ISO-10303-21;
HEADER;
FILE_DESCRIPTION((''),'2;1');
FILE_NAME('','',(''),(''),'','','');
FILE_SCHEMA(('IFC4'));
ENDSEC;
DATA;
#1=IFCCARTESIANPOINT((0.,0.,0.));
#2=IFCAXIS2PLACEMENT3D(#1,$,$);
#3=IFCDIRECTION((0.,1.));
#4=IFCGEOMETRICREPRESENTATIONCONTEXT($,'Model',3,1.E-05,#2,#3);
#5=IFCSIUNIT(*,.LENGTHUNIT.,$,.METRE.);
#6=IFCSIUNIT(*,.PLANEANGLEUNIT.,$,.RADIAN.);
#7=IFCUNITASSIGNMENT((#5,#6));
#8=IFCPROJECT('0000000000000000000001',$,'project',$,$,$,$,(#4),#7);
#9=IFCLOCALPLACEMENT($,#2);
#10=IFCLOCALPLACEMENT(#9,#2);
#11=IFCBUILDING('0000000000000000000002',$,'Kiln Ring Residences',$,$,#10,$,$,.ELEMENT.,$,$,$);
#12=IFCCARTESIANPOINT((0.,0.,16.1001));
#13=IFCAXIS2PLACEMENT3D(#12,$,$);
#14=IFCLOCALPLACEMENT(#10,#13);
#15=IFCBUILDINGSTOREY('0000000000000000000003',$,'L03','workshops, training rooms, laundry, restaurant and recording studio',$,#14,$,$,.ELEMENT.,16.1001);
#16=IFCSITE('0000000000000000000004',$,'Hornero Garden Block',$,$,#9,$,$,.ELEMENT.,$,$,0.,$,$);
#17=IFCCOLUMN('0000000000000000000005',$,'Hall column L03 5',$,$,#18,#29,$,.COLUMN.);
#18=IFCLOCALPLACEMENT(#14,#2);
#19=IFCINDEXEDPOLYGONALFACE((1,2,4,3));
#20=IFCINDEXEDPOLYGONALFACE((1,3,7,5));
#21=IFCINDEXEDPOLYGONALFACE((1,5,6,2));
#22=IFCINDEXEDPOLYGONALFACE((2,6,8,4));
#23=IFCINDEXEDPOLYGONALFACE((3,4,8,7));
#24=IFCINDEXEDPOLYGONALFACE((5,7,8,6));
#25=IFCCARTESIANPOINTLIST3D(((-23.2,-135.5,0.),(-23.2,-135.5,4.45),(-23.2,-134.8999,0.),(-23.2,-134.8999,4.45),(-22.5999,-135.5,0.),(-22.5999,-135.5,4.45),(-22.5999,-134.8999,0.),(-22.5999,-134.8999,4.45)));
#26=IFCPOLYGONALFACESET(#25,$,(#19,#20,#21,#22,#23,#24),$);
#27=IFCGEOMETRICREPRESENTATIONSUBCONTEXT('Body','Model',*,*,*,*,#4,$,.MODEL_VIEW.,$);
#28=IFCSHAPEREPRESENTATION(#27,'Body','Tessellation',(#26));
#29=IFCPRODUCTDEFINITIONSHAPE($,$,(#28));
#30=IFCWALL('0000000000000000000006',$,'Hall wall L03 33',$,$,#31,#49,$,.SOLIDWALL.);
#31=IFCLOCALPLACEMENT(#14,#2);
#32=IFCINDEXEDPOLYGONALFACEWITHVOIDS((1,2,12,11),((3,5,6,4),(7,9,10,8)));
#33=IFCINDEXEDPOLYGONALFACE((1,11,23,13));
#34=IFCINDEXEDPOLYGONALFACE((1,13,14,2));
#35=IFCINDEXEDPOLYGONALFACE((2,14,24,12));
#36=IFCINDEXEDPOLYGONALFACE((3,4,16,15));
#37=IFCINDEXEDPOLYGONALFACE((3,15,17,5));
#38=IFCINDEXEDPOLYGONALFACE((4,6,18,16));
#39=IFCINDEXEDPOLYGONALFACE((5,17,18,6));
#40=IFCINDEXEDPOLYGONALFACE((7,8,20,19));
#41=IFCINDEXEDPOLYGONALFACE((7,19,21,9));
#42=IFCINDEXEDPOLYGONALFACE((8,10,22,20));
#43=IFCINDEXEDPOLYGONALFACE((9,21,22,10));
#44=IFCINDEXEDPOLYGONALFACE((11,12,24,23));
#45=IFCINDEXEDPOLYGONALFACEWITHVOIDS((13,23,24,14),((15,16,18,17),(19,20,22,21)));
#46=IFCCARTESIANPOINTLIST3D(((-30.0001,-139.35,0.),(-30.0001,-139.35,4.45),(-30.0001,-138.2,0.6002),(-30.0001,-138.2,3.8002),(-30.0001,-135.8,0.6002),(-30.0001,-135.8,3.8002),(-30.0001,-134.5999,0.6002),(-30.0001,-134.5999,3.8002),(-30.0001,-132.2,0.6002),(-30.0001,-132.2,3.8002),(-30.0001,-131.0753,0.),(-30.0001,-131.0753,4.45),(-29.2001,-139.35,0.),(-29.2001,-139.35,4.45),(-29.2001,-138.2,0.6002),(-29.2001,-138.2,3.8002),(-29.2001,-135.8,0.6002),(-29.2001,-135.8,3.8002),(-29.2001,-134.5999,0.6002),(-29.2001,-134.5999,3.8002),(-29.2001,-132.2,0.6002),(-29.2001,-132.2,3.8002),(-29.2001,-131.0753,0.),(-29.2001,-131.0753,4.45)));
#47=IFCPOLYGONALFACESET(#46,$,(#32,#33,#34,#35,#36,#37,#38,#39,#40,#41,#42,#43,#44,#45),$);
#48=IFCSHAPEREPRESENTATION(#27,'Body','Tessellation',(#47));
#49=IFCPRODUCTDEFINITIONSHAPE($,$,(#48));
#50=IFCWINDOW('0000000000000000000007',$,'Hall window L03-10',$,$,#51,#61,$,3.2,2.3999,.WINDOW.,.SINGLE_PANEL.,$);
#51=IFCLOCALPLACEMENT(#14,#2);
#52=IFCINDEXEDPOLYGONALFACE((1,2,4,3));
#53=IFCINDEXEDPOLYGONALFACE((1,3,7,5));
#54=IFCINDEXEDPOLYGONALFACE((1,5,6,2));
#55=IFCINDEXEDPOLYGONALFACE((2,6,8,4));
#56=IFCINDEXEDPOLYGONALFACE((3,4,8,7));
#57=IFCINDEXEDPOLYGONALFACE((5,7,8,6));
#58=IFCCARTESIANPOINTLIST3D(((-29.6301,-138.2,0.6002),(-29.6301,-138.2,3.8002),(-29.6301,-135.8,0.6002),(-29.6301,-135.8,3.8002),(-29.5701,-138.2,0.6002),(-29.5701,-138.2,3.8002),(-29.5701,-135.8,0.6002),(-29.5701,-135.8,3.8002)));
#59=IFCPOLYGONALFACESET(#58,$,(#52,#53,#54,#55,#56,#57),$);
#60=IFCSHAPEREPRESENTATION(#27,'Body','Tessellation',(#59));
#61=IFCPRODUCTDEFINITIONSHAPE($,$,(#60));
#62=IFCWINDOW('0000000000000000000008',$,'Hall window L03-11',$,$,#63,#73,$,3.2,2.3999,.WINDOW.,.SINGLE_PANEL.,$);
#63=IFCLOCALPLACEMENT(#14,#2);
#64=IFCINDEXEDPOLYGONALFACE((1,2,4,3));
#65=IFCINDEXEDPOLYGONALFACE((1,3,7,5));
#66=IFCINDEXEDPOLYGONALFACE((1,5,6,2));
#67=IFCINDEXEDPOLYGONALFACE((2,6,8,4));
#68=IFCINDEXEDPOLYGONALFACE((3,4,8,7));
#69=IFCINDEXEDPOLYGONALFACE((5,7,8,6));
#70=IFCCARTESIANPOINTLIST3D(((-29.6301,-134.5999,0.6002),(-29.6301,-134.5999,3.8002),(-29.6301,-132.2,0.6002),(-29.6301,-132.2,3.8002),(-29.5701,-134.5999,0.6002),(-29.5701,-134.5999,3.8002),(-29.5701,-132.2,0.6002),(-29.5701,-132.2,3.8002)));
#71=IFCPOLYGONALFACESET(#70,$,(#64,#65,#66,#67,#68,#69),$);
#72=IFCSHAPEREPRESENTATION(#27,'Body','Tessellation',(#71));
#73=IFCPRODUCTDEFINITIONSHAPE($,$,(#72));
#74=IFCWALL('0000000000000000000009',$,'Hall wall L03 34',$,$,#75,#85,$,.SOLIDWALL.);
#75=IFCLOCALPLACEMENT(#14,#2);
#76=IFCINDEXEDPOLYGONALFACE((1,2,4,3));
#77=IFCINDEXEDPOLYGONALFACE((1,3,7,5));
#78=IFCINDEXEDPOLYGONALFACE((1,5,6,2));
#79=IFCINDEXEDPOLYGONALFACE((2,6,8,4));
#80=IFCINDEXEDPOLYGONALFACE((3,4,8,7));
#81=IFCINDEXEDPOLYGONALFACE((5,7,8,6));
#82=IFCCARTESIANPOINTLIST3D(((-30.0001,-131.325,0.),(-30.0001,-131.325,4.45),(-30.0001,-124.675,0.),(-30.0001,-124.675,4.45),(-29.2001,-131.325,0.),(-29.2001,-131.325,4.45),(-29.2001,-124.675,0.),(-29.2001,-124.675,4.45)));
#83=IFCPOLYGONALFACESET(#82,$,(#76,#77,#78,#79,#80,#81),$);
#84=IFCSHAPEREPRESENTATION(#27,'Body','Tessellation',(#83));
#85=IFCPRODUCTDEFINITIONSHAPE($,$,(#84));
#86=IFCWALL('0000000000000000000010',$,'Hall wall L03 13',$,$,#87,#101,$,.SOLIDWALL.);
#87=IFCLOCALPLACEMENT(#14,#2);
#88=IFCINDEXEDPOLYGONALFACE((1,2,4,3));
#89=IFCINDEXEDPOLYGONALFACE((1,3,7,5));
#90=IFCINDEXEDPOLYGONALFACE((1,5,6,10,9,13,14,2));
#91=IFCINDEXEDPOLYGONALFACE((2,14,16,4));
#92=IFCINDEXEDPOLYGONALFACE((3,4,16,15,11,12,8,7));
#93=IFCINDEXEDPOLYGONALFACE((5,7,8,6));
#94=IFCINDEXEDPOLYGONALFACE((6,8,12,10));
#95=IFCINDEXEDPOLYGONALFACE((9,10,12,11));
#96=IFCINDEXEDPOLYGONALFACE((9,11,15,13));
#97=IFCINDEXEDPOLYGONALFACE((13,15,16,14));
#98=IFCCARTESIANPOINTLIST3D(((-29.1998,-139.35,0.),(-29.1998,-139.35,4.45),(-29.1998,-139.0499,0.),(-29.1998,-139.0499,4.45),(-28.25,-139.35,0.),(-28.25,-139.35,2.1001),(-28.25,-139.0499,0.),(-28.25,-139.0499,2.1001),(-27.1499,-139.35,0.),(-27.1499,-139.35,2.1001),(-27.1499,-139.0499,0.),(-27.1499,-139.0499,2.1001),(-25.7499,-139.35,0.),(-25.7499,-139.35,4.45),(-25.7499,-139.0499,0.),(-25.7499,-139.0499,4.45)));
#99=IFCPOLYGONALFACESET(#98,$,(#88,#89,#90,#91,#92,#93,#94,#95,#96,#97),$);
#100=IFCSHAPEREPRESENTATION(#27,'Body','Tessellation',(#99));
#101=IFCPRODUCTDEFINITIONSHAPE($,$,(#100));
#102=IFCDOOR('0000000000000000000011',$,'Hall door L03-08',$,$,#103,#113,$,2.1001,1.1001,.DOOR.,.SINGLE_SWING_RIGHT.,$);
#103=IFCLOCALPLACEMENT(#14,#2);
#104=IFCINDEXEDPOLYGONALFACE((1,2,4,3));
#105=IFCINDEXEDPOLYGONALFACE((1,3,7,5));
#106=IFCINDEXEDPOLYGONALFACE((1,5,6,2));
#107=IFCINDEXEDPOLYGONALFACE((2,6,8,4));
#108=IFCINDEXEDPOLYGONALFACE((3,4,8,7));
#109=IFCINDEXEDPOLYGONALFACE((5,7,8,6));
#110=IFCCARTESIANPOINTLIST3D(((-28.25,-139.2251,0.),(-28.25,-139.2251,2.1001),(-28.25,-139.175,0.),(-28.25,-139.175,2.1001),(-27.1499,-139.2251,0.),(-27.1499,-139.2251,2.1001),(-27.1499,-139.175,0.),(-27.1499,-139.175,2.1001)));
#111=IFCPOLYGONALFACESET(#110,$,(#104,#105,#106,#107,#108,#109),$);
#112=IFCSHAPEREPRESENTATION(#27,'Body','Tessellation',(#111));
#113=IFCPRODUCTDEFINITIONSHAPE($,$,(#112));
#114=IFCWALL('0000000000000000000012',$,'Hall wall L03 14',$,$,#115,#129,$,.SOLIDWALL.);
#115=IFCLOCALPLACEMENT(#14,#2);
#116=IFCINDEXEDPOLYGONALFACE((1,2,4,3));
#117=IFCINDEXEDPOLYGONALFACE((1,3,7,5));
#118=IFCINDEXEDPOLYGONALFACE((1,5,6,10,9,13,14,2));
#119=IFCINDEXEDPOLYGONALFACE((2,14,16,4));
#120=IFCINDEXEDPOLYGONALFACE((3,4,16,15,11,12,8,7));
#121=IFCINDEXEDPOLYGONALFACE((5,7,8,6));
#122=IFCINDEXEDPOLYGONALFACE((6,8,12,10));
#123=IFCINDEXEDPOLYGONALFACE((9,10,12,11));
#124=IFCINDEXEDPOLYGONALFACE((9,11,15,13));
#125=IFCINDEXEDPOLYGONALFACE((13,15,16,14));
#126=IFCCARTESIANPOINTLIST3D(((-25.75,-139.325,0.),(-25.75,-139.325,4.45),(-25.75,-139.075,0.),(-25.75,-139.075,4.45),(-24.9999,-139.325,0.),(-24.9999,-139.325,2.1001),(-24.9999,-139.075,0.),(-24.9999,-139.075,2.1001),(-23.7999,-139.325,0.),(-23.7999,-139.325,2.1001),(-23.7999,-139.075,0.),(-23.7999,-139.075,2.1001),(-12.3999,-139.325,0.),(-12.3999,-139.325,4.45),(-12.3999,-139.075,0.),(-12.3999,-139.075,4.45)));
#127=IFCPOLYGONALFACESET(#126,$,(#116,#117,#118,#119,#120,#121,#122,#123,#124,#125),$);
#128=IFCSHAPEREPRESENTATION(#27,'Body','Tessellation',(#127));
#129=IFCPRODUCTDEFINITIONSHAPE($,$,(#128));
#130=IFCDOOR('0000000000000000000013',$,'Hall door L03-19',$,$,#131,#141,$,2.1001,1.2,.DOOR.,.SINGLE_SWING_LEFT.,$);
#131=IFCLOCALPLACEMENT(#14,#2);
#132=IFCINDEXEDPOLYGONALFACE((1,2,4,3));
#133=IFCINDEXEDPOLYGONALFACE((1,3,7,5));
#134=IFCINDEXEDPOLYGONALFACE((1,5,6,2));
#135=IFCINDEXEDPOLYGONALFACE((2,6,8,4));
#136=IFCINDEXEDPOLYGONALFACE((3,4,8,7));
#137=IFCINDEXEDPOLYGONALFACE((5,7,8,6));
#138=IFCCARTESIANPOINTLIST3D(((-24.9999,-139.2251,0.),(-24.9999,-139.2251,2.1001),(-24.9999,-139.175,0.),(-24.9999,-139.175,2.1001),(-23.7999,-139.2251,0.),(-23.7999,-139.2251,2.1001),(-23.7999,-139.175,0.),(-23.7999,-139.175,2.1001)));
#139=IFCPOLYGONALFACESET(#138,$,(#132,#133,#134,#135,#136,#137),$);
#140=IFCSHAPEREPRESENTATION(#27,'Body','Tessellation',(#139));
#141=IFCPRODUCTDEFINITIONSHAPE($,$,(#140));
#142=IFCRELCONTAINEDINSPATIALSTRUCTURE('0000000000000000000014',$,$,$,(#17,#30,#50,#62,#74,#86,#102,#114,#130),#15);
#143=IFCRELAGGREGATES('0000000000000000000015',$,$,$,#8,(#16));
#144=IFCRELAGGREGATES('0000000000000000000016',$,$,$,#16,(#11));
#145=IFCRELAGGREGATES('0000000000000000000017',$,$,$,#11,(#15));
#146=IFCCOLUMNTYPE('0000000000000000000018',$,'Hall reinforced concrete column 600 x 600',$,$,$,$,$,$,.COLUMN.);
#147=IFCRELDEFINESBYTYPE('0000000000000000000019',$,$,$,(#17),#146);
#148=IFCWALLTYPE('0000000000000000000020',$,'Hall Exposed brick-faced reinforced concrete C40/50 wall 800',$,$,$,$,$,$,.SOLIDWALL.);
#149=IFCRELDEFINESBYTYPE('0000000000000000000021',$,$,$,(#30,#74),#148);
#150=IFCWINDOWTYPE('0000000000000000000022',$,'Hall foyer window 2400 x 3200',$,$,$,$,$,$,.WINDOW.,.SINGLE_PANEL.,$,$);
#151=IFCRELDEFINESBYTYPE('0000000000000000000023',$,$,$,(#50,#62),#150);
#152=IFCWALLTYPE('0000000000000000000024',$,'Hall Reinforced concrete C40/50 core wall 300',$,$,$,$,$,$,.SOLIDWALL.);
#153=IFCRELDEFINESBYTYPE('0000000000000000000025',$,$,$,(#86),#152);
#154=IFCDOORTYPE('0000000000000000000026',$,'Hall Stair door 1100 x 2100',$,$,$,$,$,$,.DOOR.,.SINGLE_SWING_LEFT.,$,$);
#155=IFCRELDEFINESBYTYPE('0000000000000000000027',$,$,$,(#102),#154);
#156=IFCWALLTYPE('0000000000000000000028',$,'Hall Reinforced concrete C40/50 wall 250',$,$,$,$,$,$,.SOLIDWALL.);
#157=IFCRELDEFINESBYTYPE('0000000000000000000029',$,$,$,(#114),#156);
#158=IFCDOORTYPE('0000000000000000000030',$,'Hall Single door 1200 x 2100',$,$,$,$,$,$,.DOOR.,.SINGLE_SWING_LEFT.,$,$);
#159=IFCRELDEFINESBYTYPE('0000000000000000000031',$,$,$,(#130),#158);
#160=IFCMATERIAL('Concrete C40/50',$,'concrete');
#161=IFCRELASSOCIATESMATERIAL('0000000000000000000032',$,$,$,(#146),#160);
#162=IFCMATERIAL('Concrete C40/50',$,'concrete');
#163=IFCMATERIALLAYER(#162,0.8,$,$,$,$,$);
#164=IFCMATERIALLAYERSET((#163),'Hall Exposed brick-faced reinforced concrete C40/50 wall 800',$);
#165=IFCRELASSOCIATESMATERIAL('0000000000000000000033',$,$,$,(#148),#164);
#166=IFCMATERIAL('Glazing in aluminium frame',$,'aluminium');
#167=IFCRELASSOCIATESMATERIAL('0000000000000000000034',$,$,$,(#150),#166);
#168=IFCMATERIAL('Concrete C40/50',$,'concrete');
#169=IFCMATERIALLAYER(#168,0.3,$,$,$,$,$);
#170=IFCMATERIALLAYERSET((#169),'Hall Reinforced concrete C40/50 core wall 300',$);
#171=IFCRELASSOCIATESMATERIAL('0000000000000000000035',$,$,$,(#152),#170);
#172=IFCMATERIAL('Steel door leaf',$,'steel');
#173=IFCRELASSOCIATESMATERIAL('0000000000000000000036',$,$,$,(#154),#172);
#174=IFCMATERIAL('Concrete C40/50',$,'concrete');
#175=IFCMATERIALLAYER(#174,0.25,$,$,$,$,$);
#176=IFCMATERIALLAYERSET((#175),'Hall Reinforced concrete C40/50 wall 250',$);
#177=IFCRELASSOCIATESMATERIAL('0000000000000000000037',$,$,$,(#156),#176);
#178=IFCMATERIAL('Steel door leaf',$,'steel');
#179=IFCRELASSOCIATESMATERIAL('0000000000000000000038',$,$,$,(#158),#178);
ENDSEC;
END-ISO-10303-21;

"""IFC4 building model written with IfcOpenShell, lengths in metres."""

from ifc_helpers import new_model, si_unit, direction, frame, frame_2d, origin, origin_2d, place, context, subcontext, project, spatial, rectangle, extrude, material, layer, layer_set, material_profile, profile_set, type_object, element, fill, save


model = new_model("IFC4")

# Units and contexts
model_context = context("Model", 3, precision=1e-05, world=origin(), true_north=direction((0.0, 1.0)))
body_context = subcontext(model_context, "Body", "Model", "MODEL_VIEW")
ifc_project = project(units=[si_unit("LENGTHUNIT", "METRE"), si_unit("PLANEANGLEUNIT", "RADIAN")], contexts=[model_context])

# Site, building, storey
site_placement = place(None, origin())
site = spatial("IfcSite", under=ifc_project, at=site_placement, Name="Hornero Garden Block", CompositionType="ELEMENT", RefElevation=0.0)
building_placement = place(site_placement, origin())
building = spatial("IfcBuilding", under=site, at=building_placement, Name="Kiln Ring Residences", CompositionType="ELEMENT")
storey_placement = place(building_placement, frame((0.0, 0.0, 16.1001)))
storey = spatial("IfcBuildingStorey", under=building, at=storey_placement, Name="L03", Description="workshops, training rooms, laundry, restaurant and recording studio", CompositionType="ELEMENT", Elevation=16.1001)

# Column
ifc_material_1 = material(Name="Concrete C40/50", Category="concrete")
ifc_material_profile = material_profile(ifc_material_1, rectangle(XDim=0.6001, YDim=0.6001, at=origin_2d()), Name="Hall reinforced concrete column 600 x 600")
ifc_profile_set = profile_set([ifc_material_profile], Name="Concrete C40/50")
column_type = type_object("IfcColumnType", Name="Hall reinforced concrete column 600 x 600", PredefinedType="COLUMN", material=ifc_profile_set)
column_placement = place(storey_placement, frame((-22.8999, -135.2, 0.0), z_axis=(0.0, 0.0, 1.0), x_axis=(1.0, 0.0, 0.0)))
element("IfcColumn", 1, at=column_placement, inside=storey, type_object=column_type, Name="Hall column L03 5", PredefinedType="COLUMN", context=body_context, shape_type="SweptSolid", body=[
    extrude(rectangle(XDim=0.6001, YDim=0.6001, at=origin_2d()), origin(), (0.0, 0.0, 1.0), 4.45),
])

# Wall, openings, windows
ifc_material_2 = material(Name="Concrete C40/50", Category="concrete")
ifc_layer_1 = layer(ifc_material_2, 0.8)
ifc_layer_set_1 = layer_set([ifc_layer_1], Name="Hall Exposed brick-faced reinforced concrete C40/50 wall 800")
wall_type_1 = type_object("IfcWallType", Name="Hall Exposed brick-faced reinforced concrete C40/50 wall 800", PredefinedType="SOLIDWALL", material=ifc_layer_set_1)
wall_1_placement = place(storey_placement, frame((-29.6001, -139.3499, 0.0), z_axis=(0.0, 0.0, 1.0), x_axis=(0.0, 1.0, 0.0)))
wall_1 = element("IfcWall", 2, at=wall_1_placement, inside=storey, type_object=wall_type_1, Name="Hall wall L03 33", PredefinedType="SOLIDWALL", context=body_context, shape_type="SweptSolid", body=[
    extrude(rectangle(XDim=8.2747, YDim=0.8, at=frame_2d((4.1372, 0.0))), origin(), (0.0, 0.0, 1.0), 4.45),
])
opening_1_placement = place(wall_1_placement, frame((1.1499, 0.0, 0.6001)))
opening_1 = element("IfcOpeningElement", 3, at=opening_1_placement, cuts=wall_1, PredefinedType="OPENING", context=body_context, shape_type="SweptSolid", body=[
    extrude(rectangle(XDim=2.3999, YDim=3.2, at=frame_2d((1.2, 1.6001))), frame((0.0, 0.4099, 0.0), z_axis=(0.0, -1.0, 0.0), x_axis=(1.0, 0.0, 0.0)), (0.0, 0.0, 1.0), 0.8201),
])
opening_2_placement = place(wall_1_placement, frame((4.75, 0.0, 0.6001)))
opening_2 = element("IfcOpeningElement", 4, at=opening_2_placement, cuts=wall_1, PredefinedType="OPENING", context=body_context, shape_type="SweptSolid", body=[
    extrude(rectangle(XDim=2.3999, YDim=3.2, at=frame_2d((1.2, 1.6001))), frame((0.0, 0.4099, 0.0), z_axis=(0.0, -1.0, 0.0), x_axis=(1.0, 0.0, 0.0)), (0.0, 0.0, 1.0), 0.8201),
])
ifc_material_3 = material(Name="Glazing in aluminium frame", Category="aluminium")
window_type = type_object("IfcWindowType", Name="Hall foyer window 2400 x 3200", PartitioningType="SINGLE_PANEL", PredefinedType="WINDOW", material=ifc_material_3)
window_1_placement = place(opening_1_placement, origin())
window_1 = element("IfcWindow", 5, at=window_1_placement, inside=storey, type_object=window_type, Name="Hall window L03-10", OverallHeight=3.2, OverallWidth=2.3999, PartitioningType="SINGLE_PANEL", PredefinedType="WINDOW", context=body_context, shape_type="SweptSolid", body=[
    extrude(rectangle(XDim=2.3999, YDim=3.2, at=frame_2d((1.2, 1.6001))), frame((0.0, 0.03, 0.0), z_axis=(0.0, -1.0, 0.0), x_axis=(1.0, 0.0, 0.0)), (0.0, 0.0, 1.0), 0.0601),
])
fill(opening_1, window_1)
window_2_placement = place(opening_2_placement, origin())
window_2 = element("IfcWindow", 6, at=window_2_placement, inside=storey, type_object=window_type, Name="Hall window L03-11", OverallHeight=3.2, OverallWidth=2.3999, PartitioningType="SINGLE_PANEL", PredefinedType="WINDOW", context=body_context, shape_type="SweptSolid", body=[
    extrude(rectangle(XDim=2.3999, YDim=3.2, at=frame_2d((1.2, 1.6001))), frame((0.0, 0.03, 0.0), z_axis=(0.0, -1.0, 0.0), x_axis=(1.0, 0.0, 0.0)), (0.0, 0.0, 1.0), 0.0601),
])
fill(opening_2, window_2)

# Wall
wall_2_placement = place(storey_placement, frame((-29.6001, -131.325, 0.0), z_axis=(0.0, 0.0, 1.0), x_axis=(0.0, 1.0, 0.0)))
element("IfcWall", 7, at=wall_2_placement, inside=storey, type_object=wall_type_1, Name="Hall wall L03 34", PredefinedType="SOLIDWALL", context=body_context, shape_type="SweptSolid", body=[
    extrude(rectangle(XDim=6.6499, YDim=0.8, at=frame_2d((3.325, 0.0))), origin(), (0.0, 0.0, 1.0), 4.45),
])

# Walls, openings, doors
ifc_material_4 = material(Name="Concrete C40/50", Category="concrete")
ifc_layer_2 = layer(ifc_material_4, 0.3)
ifc_layer_set_2 = layer_set([ifc_layer_2], Name="Hall Reinforced concrete C40/50 core wall 300")
wall_type_2 = type_object("IfcWallType", Name="Hall Reinforced concrete C40/50 core wall 300", PredefinedType="SOLIDWALL", material=ifc_layer_set_2)
wall_3_placement = place(storey_placement, frame((-29.2, -139.2, 0.0), z_axis=(0.0, 0.0, 1.0), x_axis=(1.0, 0.0, 0.0)))
wall_3 = element("IfcWall", 8, at=wall_3_placement, inside=storey, type_object=wall_type_2, Name="Hall wall L03 13", PredefinedType="SOLIDWALL", context=body_context, shape_type="SweptSolid", body=[
    extrude(rectangle(XDim=3.45, YDim=0.3, at=frame_2d((1.7251, 0.0))), origin(), (0.0, 0.0, 1.0), 4.45),
])
opening_3_placement = place(wall_3_placement, frame((0.95, 0.0, 0.0)))
opening_3 = element("IfcOpeningElement", 9, at=opening_3_placement, cuts=wall_3, PredefinedType="OPENING", context=body_context, shape_type="SweptSolid", body=[
    extrude(rectangle(XDim=1.1001, YDim=2.1001, at=frame_2d((0.55, 1.05))), frame((0.0, 0.1599, 0.0), z_axis=(0.0, -1.0, 0.0), x_axis=(1.0, 0.0, 0.0)), (0.0, 0.0, 1.0), 0.3201),
])
ifc_material_5 = material(Name="Steel door leaf", Category="steel")
door_type_1 = type_object("IfcDoorType", Name="Hall Stair door 1100 x 2100", OperationType="SINGLE_SWING_LEFT", PredefinedType="DOOR", material=ifc_material_5)
door_1_placement = place(opening_3_placement, origin())
door_1 = element("IfcDoor", 10, at=door_1_placement, inside=storey, type_object=door_type_1, Name="Hall door L03-08", OperationType="SINGLE_SWING_RIGHT", OverallHeight=2.1001, OverallWidth=1.1001, PredefinedType="DOOR", context=body_context, shape_type="SweptSolid", body=[
    extrude(rectangle(XDim=1.1001, YDim=2.1001, at=frame_2d((0.55, 1.05))), frame((0.0, 0.0249, 0.0), z_axis=(0.0, -1.0, 0.0), x_axis=(1.0, 0.0, 0.0)), (0.0, 0.0, 1.0), 0.05),
])
fill(opening_3, door_1)
ifc_material_6 = material(Name="Concrete C40/50", Category="concrete")
ifc_layer_3 = layer(ifc_material_6, 0.25)
ifc_layer_set_3 = layer_set([ifc_layer_3], Name="Hall Reinforced concrete C40/50 wall 250")
wall_type_3 = type_object("IfcWallType", Name="Hall Reinforced concrete C40/50 wall 250", PredefinedType="SOLIDWALL", material=ifc_layer_set_3)
wall_4_placement = place(storey_placement, frame((-25.75, -139.2, 0.0), z_axis=(0.0, 0.0, 1.0), x_axis=(1.0, 0.0, 0.0)))
wall_4 = element("IfcWall", 11, at=wall_4_placement, inside=storey, type_object=wall_type_3, Name="Hall wall L03 14", PredefinedType="SOLIDWALL", context=body_context, shape_type="SweptSolid", body=[
    extrude(rectangle(XDim=13.3501, YDim=0.25, at=frame_2d((6.675, 0.0))), origin(), (0.0, 0.0, 1.0), 4.45),
])
opening_4_placement = place(wall_4_placement, frame((0.75, 0.0, 0.0)))
opening_4 = element("IfcOpeningElement", 12, at=opening_4_placement, cuts=wall_4, PredefinedType="OPENING", context=body_context, shape_type="SweptSolid", body=[
    extrude(rectangle(XDim=1.2, YDim=2.1001, at=frame_2d((0.6001, 1.05))), frame((0.0, 0.135, 0.0), z_axis=(0.0, -1.0, 0.0), x_axis=(1.0, 0.0, 0.0)), (0.0, 0.0, 1.0), 0.27),
])
ifc_material_7 = material(Name="Steel door leaf", Category="steel")
door_type_2 = type_object("IfcDoorType", Name="Hall Single door 1200 x 2100", OperationType="SINGLE_SWING_LEFT", PredefinedType="DOOR", material=ifc_material_7)
door_2_placement = place(opening_4_placement, origin())
door_2 = element("IfcDoor", 13, at=door_2_placement, inside=storey, type_object=door_type_2, Name="Hall door L03-19", OperationType="SINGLE_SWING_LEFT", OverallHeight=2.1001, OverallWidth=1.2, PredefinedType="DOOR", context=body_context, shape_type="SweptSolid", body=[
    extrude(rectangle(XDim=1.2, YDim=2.1001, at=frame_2d((0.6001, 1.05))), frame((0.0, 0.0249, 0.0), z_axis=(0.0, -1.0, 0.0), x_axis=(1.0, 0.0, 0.0)), (0.0, 0.0, 1.0), 0.05),
])
fill(opening_4, door_2)

save(model, "model.ifc")
